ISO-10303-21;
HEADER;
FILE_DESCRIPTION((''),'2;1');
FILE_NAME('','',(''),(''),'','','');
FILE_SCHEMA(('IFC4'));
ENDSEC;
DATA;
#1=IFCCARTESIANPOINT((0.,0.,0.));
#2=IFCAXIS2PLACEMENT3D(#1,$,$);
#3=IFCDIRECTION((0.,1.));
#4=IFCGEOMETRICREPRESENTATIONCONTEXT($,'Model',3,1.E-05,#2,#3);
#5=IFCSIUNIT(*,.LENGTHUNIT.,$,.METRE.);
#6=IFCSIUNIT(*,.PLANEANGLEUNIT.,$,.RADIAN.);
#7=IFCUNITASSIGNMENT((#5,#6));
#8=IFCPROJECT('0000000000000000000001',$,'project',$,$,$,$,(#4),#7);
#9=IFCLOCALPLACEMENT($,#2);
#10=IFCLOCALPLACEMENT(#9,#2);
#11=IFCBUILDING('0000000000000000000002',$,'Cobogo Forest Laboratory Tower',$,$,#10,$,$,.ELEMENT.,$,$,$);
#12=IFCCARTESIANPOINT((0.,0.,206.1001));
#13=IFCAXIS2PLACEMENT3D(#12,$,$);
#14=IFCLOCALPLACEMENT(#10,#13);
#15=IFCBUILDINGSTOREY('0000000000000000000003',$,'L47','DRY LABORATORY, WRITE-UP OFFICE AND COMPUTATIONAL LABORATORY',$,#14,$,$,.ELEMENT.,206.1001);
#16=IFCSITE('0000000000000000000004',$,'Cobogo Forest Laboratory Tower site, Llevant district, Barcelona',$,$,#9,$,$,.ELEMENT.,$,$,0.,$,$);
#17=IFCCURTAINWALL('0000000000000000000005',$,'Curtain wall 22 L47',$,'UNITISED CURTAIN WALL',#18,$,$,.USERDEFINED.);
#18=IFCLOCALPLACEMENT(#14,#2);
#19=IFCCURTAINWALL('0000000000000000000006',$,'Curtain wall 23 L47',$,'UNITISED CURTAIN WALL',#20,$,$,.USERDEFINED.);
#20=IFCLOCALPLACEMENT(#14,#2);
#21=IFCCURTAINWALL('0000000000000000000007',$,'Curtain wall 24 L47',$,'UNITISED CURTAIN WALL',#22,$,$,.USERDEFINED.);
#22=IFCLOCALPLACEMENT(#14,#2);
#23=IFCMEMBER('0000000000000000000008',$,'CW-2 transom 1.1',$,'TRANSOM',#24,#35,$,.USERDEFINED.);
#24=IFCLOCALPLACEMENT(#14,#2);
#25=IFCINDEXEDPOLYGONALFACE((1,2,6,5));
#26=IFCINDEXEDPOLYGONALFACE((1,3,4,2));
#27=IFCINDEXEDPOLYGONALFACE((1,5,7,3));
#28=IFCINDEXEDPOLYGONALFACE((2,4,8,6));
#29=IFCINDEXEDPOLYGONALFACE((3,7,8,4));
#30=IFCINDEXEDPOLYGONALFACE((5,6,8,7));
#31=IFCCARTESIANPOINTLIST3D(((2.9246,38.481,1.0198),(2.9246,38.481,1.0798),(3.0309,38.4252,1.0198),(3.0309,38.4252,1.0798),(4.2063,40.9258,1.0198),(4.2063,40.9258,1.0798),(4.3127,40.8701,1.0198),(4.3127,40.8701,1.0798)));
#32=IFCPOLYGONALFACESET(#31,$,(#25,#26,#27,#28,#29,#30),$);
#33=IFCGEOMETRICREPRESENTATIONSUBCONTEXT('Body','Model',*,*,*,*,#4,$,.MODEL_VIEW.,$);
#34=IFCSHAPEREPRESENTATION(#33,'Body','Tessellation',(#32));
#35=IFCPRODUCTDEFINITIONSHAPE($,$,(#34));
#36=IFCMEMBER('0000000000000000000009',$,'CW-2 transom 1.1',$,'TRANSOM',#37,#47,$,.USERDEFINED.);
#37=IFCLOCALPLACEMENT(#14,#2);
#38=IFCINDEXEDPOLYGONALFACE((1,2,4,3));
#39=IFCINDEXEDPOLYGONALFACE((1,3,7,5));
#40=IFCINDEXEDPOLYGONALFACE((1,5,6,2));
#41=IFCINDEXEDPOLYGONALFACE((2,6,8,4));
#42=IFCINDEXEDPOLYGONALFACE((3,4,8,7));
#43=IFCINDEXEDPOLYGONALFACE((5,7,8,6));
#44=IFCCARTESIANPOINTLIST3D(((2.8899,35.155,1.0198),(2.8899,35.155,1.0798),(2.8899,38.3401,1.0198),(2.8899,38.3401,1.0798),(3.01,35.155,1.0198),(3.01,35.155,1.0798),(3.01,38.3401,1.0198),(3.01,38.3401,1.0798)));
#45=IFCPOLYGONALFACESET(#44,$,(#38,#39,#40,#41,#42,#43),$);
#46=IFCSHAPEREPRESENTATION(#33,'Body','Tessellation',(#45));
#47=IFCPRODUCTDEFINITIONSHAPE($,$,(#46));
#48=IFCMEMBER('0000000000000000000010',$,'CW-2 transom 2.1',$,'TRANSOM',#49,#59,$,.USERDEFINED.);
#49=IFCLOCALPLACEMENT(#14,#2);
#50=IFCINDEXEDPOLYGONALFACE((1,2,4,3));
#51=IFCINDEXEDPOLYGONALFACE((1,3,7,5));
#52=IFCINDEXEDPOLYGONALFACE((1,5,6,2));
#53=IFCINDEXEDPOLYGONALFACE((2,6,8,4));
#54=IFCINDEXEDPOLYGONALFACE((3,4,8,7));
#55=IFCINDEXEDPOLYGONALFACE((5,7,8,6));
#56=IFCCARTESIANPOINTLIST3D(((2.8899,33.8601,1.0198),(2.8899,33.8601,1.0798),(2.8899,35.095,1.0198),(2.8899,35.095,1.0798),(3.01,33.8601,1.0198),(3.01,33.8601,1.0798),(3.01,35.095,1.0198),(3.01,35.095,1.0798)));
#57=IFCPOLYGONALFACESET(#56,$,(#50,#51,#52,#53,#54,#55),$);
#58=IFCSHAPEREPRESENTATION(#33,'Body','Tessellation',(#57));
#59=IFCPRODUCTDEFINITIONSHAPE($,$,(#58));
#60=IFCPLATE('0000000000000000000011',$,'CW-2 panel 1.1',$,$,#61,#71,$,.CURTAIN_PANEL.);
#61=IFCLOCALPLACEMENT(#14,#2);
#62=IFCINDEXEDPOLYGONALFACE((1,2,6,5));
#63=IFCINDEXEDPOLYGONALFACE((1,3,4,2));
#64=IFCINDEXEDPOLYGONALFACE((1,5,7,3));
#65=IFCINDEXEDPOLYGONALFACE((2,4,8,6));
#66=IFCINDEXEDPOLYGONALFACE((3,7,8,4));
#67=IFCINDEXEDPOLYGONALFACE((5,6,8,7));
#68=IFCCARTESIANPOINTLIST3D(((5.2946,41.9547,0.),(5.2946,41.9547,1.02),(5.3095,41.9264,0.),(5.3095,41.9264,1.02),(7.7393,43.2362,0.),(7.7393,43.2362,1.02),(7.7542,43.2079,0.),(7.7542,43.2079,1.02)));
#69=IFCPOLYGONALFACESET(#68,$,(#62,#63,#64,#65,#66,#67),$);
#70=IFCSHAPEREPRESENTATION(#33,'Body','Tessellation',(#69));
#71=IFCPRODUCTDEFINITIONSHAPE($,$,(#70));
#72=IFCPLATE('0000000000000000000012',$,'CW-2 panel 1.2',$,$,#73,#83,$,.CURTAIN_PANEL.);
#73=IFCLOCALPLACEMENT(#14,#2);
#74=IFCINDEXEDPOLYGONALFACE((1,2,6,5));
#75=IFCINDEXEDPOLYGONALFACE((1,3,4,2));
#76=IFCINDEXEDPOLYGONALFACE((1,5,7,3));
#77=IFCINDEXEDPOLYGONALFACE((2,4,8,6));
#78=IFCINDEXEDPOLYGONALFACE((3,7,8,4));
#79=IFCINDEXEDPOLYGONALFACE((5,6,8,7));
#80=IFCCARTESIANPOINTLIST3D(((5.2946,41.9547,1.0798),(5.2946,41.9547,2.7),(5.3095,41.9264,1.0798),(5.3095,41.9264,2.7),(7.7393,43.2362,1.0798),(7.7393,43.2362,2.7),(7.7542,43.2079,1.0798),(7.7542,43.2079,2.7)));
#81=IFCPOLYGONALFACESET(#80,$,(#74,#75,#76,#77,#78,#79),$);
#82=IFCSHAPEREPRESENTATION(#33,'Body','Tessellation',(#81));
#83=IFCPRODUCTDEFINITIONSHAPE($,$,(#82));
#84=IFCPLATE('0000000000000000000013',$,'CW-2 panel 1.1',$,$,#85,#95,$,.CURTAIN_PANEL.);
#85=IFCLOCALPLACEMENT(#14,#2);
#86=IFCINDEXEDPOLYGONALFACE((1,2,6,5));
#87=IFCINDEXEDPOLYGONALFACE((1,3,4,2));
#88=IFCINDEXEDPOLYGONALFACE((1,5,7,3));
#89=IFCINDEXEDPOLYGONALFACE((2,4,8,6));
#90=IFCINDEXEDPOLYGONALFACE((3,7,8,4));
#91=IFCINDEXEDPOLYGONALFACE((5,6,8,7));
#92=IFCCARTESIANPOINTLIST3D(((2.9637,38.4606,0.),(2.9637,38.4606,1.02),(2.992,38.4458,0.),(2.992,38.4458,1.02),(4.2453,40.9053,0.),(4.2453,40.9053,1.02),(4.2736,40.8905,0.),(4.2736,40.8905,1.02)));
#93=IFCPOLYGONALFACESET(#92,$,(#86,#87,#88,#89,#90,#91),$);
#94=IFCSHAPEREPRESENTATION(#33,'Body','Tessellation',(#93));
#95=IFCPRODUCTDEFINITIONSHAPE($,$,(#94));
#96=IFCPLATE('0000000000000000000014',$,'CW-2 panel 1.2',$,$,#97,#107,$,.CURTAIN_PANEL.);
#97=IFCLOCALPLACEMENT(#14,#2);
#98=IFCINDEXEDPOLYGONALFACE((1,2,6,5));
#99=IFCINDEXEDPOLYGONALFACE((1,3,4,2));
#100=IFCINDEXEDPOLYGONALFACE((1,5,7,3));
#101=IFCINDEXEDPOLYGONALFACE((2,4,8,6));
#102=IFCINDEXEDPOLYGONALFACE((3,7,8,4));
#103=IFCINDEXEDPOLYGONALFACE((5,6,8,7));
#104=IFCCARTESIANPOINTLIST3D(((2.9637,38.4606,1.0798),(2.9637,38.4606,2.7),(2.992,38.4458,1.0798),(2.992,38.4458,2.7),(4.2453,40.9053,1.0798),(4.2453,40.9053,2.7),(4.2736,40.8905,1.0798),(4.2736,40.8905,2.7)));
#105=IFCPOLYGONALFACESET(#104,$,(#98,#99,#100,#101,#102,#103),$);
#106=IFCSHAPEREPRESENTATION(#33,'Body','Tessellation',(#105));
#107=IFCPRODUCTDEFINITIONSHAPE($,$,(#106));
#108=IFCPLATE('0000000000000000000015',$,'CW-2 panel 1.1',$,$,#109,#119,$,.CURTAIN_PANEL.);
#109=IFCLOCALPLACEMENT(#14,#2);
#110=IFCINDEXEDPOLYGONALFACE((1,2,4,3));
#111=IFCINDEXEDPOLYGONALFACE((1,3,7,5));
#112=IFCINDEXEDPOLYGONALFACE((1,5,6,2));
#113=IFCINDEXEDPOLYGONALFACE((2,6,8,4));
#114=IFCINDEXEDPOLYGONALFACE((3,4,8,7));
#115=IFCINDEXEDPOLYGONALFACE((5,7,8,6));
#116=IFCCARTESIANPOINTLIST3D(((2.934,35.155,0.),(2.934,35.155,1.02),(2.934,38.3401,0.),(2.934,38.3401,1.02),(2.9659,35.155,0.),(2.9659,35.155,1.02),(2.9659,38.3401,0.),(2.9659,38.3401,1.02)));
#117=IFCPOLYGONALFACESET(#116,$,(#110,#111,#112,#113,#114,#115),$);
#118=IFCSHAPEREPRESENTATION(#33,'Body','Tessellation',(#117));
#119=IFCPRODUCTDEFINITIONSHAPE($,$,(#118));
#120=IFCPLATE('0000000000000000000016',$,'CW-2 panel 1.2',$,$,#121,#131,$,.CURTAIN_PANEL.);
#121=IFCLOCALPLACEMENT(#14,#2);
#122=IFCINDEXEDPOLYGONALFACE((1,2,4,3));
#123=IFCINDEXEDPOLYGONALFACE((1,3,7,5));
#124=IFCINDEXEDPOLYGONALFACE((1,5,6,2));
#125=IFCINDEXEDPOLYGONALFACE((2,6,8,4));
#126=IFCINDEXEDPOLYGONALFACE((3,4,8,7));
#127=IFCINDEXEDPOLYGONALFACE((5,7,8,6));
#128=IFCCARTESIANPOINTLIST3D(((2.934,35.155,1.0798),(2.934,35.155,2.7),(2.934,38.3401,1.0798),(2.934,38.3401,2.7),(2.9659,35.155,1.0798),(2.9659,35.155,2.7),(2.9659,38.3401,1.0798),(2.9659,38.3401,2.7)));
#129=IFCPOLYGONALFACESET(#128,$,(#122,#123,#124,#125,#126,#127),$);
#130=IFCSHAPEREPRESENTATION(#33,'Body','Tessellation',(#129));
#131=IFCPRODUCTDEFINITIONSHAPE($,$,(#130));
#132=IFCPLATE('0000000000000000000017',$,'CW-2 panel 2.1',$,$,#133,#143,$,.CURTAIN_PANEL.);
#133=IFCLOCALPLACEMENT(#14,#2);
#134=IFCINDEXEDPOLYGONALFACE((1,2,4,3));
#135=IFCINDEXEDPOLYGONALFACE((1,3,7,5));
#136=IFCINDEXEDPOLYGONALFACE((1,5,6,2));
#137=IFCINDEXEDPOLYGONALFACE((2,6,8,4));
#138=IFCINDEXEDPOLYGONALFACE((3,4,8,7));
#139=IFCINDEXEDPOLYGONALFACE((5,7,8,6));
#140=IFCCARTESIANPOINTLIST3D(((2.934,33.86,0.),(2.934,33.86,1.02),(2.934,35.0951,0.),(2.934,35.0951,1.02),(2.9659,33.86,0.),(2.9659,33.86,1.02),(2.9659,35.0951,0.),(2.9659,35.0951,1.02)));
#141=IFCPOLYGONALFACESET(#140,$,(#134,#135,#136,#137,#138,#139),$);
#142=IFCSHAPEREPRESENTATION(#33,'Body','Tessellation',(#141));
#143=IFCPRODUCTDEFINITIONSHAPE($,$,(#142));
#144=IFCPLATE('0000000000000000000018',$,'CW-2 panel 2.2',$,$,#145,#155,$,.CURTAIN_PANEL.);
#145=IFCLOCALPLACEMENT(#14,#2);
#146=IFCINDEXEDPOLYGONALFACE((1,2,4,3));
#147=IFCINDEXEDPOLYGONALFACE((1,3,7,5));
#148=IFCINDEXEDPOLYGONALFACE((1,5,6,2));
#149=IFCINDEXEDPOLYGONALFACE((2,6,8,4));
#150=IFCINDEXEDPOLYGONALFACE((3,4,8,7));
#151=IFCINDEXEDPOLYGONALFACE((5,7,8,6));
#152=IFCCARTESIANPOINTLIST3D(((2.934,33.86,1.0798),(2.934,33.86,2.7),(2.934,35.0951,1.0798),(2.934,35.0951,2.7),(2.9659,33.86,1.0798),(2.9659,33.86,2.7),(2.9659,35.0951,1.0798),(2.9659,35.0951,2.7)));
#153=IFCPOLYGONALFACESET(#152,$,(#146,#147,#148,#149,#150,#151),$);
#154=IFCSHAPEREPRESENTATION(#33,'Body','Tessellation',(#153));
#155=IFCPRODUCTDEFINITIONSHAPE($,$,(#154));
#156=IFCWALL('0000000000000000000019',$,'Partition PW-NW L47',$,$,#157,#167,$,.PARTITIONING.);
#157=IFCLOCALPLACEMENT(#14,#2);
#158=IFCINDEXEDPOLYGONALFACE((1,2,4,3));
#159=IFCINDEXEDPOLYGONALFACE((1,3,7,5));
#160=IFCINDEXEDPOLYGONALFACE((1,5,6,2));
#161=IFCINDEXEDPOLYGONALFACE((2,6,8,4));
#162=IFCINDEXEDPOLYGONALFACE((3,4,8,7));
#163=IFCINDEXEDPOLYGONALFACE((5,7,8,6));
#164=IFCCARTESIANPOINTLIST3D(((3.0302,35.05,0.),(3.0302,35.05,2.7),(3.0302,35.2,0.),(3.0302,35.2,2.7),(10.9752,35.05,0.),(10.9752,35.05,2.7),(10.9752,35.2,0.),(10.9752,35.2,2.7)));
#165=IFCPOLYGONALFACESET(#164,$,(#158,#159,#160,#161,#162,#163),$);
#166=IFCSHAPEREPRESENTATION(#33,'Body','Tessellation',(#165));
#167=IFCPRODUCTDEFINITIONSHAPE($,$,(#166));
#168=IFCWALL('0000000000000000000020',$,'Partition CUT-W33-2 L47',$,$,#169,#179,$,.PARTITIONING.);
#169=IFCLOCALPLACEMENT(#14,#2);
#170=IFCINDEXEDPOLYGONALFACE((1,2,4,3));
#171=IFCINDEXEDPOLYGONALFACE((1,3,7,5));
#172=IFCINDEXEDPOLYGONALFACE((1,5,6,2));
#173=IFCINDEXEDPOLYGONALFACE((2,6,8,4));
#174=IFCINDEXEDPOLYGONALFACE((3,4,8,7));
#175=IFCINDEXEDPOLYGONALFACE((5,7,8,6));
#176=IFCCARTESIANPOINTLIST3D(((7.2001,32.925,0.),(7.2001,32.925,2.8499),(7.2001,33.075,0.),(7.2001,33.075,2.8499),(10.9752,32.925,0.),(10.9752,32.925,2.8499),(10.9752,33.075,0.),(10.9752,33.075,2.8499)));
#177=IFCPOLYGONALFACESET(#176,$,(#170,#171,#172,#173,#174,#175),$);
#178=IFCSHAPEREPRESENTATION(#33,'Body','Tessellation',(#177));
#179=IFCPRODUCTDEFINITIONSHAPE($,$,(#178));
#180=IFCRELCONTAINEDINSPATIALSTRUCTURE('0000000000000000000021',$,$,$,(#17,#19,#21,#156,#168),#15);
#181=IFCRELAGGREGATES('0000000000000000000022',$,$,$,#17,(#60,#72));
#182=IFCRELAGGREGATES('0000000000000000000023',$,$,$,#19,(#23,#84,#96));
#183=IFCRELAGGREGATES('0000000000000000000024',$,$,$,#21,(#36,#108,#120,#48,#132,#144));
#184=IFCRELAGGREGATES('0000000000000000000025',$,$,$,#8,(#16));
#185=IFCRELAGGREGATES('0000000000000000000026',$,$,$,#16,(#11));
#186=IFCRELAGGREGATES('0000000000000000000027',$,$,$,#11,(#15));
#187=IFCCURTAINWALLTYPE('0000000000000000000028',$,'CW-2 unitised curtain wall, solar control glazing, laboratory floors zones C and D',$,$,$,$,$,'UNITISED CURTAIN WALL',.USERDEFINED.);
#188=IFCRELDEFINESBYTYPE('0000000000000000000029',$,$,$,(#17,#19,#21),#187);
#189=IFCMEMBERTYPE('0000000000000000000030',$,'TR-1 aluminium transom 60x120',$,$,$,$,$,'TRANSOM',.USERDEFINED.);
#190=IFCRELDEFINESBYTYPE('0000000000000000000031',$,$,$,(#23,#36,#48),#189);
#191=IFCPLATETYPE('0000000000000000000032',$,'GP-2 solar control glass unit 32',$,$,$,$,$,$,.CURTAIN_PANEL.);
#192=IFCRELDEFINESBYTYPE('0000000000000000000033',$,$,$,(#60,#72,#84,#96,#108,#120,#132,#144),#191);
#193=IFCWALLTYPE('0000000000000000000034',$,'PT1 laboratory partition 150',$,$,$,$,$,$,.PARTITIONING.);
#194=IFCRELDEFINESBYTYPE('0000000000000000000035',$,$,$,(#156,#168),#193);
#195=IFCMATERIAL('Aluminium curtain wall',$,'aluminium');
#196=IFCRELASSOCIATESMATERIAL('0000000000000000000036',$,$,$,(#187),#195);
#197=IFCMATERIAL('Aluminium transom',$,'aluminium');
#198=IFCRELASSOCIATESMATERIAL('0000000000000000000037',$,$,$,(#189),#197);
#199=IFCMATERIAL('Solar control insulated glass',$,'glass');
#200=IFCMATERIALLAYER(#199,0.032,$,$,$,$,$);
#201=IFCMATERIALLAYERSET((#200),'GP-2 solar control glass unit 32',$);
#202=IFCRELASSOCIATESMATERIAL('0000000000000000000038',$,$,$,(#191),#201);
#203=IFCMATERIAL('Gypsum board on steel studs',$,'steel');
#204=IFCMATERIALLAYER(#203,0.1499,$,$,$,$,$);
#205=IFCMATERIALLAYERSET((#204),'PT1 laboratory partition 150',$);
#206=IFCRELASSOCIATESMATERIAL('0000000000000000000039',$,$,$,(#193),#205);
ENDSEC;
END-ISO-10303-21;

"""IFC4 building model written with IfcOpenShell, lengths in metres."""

from ifc_helpers import new_model, si_unit, direction, frame, frame_2d, origin, origin_2d, place, context, subcontext, project, spatial, rectangle, extrude, material, layer, layer_set, material_profile, profile_set, type_object, element, aggregate, save


model = new_model("IFC4")

# Units and contexts
model_context = context("Model", 3, precision=1e-05, world=origin(), true_north=direction((0.0, 1.0)))
body_context = subcontext(model_context, "Body", "Model", "MODEL_VIEW")
ifc_project = project(units=[si_unit("LENGTHUNIT", "METRE"), si_unit("PLANEANGLEUNIT", "RADIAN")], contexts=[model_context])

# Site, building, storey
site_placement = place(None, origin())
site = spatial("IfcSite", under=ifc_project, at=site_placement, Name="Cobogo Forest Laboratory Tower site, Llevant district, Barcelona", CompositionType="ELEMENT", RefElevation=0.0)
building_placement = place(site_placement, origin())
building = spatial("IfcBuilding", under=site, at=building_placement, Name="Cobogo Forest Laboratory Tower", CompositionType="ELEMENT")
storey_placement = place(building_placement, frame((0.0, 0.0, 206.1001)))
storey = spatial("IfcBuildingStorey", under=building, at=storey_placement, Name="L47", Description="DRY LABORATORY, WRITE-UP OFFICE AND COMPUTATIONAL LABORATORY", CompositionType="ELEMENT", Elevation=206.1001)

# Curtain wall
ifc_material_1 = material(Name="Aluminium curtain wall", Category="aluminium")
curtain_wall_type = type_object("IfcCurtainWallType", Name="CW-2 unitised curtain wall, solar control glazing, laboratory floors zones C and D", ElementType="UNITISED CURTAIN WALL", PredefinedType="USERDEFINED", material=ifc_material_1)
curtain_wall_1_placement = place(storey_placement, origin())
curtain_wall_1 = element("IfcCurtainWall", 1, at=curtain_wall_1_placement, inside=storey, type_object=curtain_wall_type, Name="Curtain wall 22 L47", ObjectType="UNITISED CURTAIN WALL", PredefinedType="USERDEFINED")

# Curtain walls
curtain_wall_2_placement = place(storey_placement, origin())
curtain_wall_2 = element("IfcCurtainWall", 2, at=curtain_wall_2_placement, inside=storey, type_object=curtain_wall_type, Name="Curtain wall 23 L47", ObjectType="UNITISED CURTAIN WALL", PredefinedType="USERDEFINED")
curtain_wall_3_placement = place(storey_placement, origin())
curtain_wall_3 = element("IfcCurtainWall", 3, at=curtain_wall_3_placement, inside=storey, type_object=curtain_wall_type, Name="Curtain wall 24 L47", ObjectType="UNITISED CURTAIN WALL", PredefinedType="USERDEFINED")

# Members
ifc_material_2 = material(Name="Aluminium transom", Category="aluminium")
ifc_material_profile_1 = material_profile(ifc_material_2, rectangle(XDim=0.1201, YDim=0.0601, at=origin_2d()), Name="AL 60x120")
ifc_profile_set_1 = profile_set([ifc_material_profile_1], Name="Aluminium transom")
member_type_1 = type_object("IfcMemberType", Name="TR-1 aluminium transom 60x120", ElementType="TRANSOM", PredefinedType="USERDEFINED", material=ifc_profile_set_1)
member_1_placement = place(storey_placement, frame((4.2595, 40.8979, 1.0498), z_axis=(-0.464324, -0.885665, 0.0), x_axis=(0.885665, -0.464324, 0.0)))
member_1 = element("IfcMember", 4, at=member_1_placement, type_object=member_type_1, Name="CW-2 transom 1.1", ObjectType="TRANSOM", PredefinedType="USERDEFINED", context=body_context, shape_type="SweptSolid", body=[
    extrude(rectangle(XDim=0.1201, YDim=0.0601, at=origin_2d()), origin(), (0.0, 0.0, 1.0), 2.7605),
])
member_2_placement = place(storey_placement, frame((2.95, 38.3401, 1.0498), z_axis=(0.0, -1.0, 0.0), x_axis=(1.0, 0.0, 0.0)))
member_2 = element("IfcMember", 5, at=member_2_placement, type_object=member_type_1, Name="CW-2 transom 1.1", ObjectType="TRANSOM", PredefinedType="USERDEFINED", context=body_context, shape_type="SweptSolid", body=[
    extrude(rectangle(XDim=0.1201, YDim=0.0601, at=origin_2d()), origin(), (0.0, 0.0, 1.0), 3.1851),
])
member_3_placement = place(storey_placement, frame((2.95, 35.095, 1.0498), z_axis=(0.0, -1.0, 0.0), x_axis=(1.0, 0.0, 0.0)))
member_3 = element("IfcMember", 6, at=member_3_placement, type_object=member_type_1, Name="CW-2 transom 2.1", ObjectType="TRANSOM", PredefinedType="USERDEFINED", context=body_context, shape_type="SweptSolid", body=[
    extrude(rectangle(XDim=0.1201, YDim=0.0601, at=origin_2d()), origin(), (0.0, 0.0, 1.0), 1.2349),
])

# Plates
ifc_material_3 = material(Name="Solar control insulated glass", Category="glass")
ifc_layer_1 = layer(ifc_material_3, 0.032)
ifc_layer_set_1 = layer_set([ifc_layer_1], Name="GP-2 solar control glass unit 32")
plate_type = type_object("IfcPlateType", Name="GP-2 solar control glass unit 32", PredefinedType="CURTAIN_PANEL", material=ifc_layer_set_1)
plate_1_placement = place(storey_placement, frame((6.5244, 42.5813, 0.0), z_axis=(0.0, 0.0, 1.0), x_axis=(-0.885686, -0.464284, 0.0)))
plate_1 = element("IfcPlate", 7, at=plate_1_placement, type_object=plate_type, Name="CW-2 panel 1.1", PredefinedType="CURTAIN_PANEL", context=body_context, shape_type="SweptSolid", body=[
    extrude(rectangle(XDim=2.7603, YDim=0.032, at=origin_2d()), origin(), (0.0, 0.0, 1.0), 1.02),
])
plate_2_placement = place(storey_placement, frame((6.5244, 42.5813, 1.0798), z_axis=(0.0, 0.0, 1.0), x_axis=(-0.885686, -0.464284, 0.0)))
plate_2 = element("IfcPlate", 8, at=plate_2_placement, type_object=plate_type, Name="CW-2 panel 1.2", PredefinedType="CURTAIN_PANEL", context=body_context, shape_type="SweptSolid", body=[
    extrude(rectangle(XDim=2.7603, YDim=0.032, at=origin_2d()), origin(), (0.0, 0.0, 1.0), 1.6201),
])
aggregate(curtain_wall_1, [plate_1, plate_2])
plate_3_placement = place(storey_placement, frame((3.6187, 39.6755, 0.0), z_axis=(0.0, 0.0, 1.0), x_axis=(-0.464284, -0.885686, 0.0)))
plate_3 = element("IfcPlate", 9, at=plate_3_placement, type_object=plate_type, Name="CW-2 panel 1.1", PredefinedType="CURTAIN_PANEL", context=body_context, shape_type="SweptSolid", body=[
    extrude(rectangle(XDim=2.7603, YDim=0.032, at=origin_2d()), origin(), (0.0, 0.0, 1.0), 1.02),
])
plate_4_placement = place(storey_placement, frame((3.6187, 39.6755, 1.0798), z_axis=(0.0, 0.0, 1.0), x_axis=(-0.464284, -0.885686, 0.0)))
plate_4 = element("IfcPlate", 10, at=plate_4_placement, type_object=plate_type, Name="CW-2 panel 1.2", PredefinedType="CURTAIN_PANEL", context=body_context, shape_type="SweptSolid", body=[
    extrude(rectangle(XDim=2.7603, YDim=0.032, at=origin_2d()), origin(), (0.0, 0.0, 1.0), 1.6201),
])
aggregate(curtain_wall_2, [member_1, plate_3, plate_4])
plate_5_placement = place(storey_placement, frame((2.95, 36.7476, 0.0), z_axis=(0.0, 0.0, 1.0), x_axis=(0.0, -1.0, 0.0)))
plate_5 = element("IfcPlate", 11, at=plate_5_placement, type_object=plate_type, Name="CW-2 panel 1.1", PredefinedType="CURTAIN_PANEL", context=body_context, shape_type="SweptSolid", body=[
    extrude(rectangle(XDim=3.1851, YDim=0.032, at=origin_2d()), origin(), (0.0, 0.0, 1.0), 1.02),
])
plate_6_placement = place(storey_placement, frame((2.95, 36.7476, 1.0798), z_axis=(0.0, 0.0, 1.0), x_axis=(0.0, -1.0, 0.0)))
plate_6 = element("IfcPlate", 12, at=plate_6_placement, type_object=plate_type, Name="CW-2 panel 1.2", PredefinedType="CURTAIN_PANEL", context=body_context, shape_type="SweptSolid", body=[
    extrude(rectangle(XDim=3.1851, YDim=0.032, at=origin_2d()), origin(), (0.0, 0.0, 1.0), 1.6201),
])
plate_7_placement = place(storey_placement, frame((2.95, 34.4775, 0.0), z_axis=(0.0, 0.0, 1.0), x_axis=(0.0, -1.0, 0.0)))
plate_7 = element("IfcPlate", 13, at=plate_7_placement, type_object=plate_type, Name="CW-2 panel 2.1", PredefinedType="CURTAIN_PANEL", context=body_context, shape_type="SweptSolid", body=[
    extrude(rectangle(XDim=1.2351, YDim=0.032, at=origin_2d()), origin(), (0.0, 0.0, 1.0), 1.02),
])
plate_8_placement = place(storey_placement, frame((2.95, 34.4775, 1.0798), z_axis=(0.0, 0.0, 1.0), x_axis=(0.0, -1.0, 0.0)))
plate_8 = element("IfcPlate", 14, at=plate_8_placement, type_object=plate_type, Name="CW-2 panel 2.2", PredefinedType="CURTAIN_PANEL", context=body_context, shape_type="SweptSolid", body=[
    extrude(rectangle(XDim=1.2351, YDim=0.032, at=origin_2d()), origin(), (0.0, 0.0, 1.0), 1.6201),
])
aggregate(curtain_wall_3, [member_2, plate_5, plate_6, member_3, plate_7, plate_8])

# Walls
ifc_material_4 = material(Name="Gypsum board on steel studs", Category="steel")
ifc_layer_2 = layer(ifc_material_4, 0.1499)
ifc_layer_set_2 = layer_set([ifc_layer_2], Name="PT1 laboratory partition 150")
wall_type = type_object("IfcWallType", Name="PT1 laboratory partition 150", PredefinedType="PARTITIONING", material=ifc_layer_set_2)
wall_1_placement = place(storey_placement, frame((3.03, 35.125, 0.0), z_axis=(0.0, 0.0, 1.0), x_axis=(1.0, 0.0, 0.0)))
element("IfcWall", 15, at=wall_1_placement, inside=storey, type_object=wall_type, Name="Partition PW-NW L47", PredefinedType="PARTITIONING", context=body_context, shape_type="SweptSolid", body=[
    extrude(rectangle(XDim=7.9451, YDim=0.1499, at=frame_2d((3.9727, 0.0))), origin(), (0.0, 0.0, 1.0), 2.7),
])
wall_2_placement = place(storey_placement, frame((7.2, 33.0, 0.0), z_axis=(0.0, 0.0, 1.0), x_axis=(1.0, 0.0, 0.0)))
element("IfcWall", 16, at=wall_2_placement, inside=storey, type_object=wall_type, Name="Partition CUT-W33-2 L47", PredefinedType="PARTITIONING", context=body_context, shape_type="SweptSolid", body=[
    extrude(rectangle(XDim=3.7751, YDim=0.1499, at=frame_2d((1.8877, 0.0))), origin(), (0.0, 0.0, 1.0), 2.8499),
])

save(model, "model.ifc")
